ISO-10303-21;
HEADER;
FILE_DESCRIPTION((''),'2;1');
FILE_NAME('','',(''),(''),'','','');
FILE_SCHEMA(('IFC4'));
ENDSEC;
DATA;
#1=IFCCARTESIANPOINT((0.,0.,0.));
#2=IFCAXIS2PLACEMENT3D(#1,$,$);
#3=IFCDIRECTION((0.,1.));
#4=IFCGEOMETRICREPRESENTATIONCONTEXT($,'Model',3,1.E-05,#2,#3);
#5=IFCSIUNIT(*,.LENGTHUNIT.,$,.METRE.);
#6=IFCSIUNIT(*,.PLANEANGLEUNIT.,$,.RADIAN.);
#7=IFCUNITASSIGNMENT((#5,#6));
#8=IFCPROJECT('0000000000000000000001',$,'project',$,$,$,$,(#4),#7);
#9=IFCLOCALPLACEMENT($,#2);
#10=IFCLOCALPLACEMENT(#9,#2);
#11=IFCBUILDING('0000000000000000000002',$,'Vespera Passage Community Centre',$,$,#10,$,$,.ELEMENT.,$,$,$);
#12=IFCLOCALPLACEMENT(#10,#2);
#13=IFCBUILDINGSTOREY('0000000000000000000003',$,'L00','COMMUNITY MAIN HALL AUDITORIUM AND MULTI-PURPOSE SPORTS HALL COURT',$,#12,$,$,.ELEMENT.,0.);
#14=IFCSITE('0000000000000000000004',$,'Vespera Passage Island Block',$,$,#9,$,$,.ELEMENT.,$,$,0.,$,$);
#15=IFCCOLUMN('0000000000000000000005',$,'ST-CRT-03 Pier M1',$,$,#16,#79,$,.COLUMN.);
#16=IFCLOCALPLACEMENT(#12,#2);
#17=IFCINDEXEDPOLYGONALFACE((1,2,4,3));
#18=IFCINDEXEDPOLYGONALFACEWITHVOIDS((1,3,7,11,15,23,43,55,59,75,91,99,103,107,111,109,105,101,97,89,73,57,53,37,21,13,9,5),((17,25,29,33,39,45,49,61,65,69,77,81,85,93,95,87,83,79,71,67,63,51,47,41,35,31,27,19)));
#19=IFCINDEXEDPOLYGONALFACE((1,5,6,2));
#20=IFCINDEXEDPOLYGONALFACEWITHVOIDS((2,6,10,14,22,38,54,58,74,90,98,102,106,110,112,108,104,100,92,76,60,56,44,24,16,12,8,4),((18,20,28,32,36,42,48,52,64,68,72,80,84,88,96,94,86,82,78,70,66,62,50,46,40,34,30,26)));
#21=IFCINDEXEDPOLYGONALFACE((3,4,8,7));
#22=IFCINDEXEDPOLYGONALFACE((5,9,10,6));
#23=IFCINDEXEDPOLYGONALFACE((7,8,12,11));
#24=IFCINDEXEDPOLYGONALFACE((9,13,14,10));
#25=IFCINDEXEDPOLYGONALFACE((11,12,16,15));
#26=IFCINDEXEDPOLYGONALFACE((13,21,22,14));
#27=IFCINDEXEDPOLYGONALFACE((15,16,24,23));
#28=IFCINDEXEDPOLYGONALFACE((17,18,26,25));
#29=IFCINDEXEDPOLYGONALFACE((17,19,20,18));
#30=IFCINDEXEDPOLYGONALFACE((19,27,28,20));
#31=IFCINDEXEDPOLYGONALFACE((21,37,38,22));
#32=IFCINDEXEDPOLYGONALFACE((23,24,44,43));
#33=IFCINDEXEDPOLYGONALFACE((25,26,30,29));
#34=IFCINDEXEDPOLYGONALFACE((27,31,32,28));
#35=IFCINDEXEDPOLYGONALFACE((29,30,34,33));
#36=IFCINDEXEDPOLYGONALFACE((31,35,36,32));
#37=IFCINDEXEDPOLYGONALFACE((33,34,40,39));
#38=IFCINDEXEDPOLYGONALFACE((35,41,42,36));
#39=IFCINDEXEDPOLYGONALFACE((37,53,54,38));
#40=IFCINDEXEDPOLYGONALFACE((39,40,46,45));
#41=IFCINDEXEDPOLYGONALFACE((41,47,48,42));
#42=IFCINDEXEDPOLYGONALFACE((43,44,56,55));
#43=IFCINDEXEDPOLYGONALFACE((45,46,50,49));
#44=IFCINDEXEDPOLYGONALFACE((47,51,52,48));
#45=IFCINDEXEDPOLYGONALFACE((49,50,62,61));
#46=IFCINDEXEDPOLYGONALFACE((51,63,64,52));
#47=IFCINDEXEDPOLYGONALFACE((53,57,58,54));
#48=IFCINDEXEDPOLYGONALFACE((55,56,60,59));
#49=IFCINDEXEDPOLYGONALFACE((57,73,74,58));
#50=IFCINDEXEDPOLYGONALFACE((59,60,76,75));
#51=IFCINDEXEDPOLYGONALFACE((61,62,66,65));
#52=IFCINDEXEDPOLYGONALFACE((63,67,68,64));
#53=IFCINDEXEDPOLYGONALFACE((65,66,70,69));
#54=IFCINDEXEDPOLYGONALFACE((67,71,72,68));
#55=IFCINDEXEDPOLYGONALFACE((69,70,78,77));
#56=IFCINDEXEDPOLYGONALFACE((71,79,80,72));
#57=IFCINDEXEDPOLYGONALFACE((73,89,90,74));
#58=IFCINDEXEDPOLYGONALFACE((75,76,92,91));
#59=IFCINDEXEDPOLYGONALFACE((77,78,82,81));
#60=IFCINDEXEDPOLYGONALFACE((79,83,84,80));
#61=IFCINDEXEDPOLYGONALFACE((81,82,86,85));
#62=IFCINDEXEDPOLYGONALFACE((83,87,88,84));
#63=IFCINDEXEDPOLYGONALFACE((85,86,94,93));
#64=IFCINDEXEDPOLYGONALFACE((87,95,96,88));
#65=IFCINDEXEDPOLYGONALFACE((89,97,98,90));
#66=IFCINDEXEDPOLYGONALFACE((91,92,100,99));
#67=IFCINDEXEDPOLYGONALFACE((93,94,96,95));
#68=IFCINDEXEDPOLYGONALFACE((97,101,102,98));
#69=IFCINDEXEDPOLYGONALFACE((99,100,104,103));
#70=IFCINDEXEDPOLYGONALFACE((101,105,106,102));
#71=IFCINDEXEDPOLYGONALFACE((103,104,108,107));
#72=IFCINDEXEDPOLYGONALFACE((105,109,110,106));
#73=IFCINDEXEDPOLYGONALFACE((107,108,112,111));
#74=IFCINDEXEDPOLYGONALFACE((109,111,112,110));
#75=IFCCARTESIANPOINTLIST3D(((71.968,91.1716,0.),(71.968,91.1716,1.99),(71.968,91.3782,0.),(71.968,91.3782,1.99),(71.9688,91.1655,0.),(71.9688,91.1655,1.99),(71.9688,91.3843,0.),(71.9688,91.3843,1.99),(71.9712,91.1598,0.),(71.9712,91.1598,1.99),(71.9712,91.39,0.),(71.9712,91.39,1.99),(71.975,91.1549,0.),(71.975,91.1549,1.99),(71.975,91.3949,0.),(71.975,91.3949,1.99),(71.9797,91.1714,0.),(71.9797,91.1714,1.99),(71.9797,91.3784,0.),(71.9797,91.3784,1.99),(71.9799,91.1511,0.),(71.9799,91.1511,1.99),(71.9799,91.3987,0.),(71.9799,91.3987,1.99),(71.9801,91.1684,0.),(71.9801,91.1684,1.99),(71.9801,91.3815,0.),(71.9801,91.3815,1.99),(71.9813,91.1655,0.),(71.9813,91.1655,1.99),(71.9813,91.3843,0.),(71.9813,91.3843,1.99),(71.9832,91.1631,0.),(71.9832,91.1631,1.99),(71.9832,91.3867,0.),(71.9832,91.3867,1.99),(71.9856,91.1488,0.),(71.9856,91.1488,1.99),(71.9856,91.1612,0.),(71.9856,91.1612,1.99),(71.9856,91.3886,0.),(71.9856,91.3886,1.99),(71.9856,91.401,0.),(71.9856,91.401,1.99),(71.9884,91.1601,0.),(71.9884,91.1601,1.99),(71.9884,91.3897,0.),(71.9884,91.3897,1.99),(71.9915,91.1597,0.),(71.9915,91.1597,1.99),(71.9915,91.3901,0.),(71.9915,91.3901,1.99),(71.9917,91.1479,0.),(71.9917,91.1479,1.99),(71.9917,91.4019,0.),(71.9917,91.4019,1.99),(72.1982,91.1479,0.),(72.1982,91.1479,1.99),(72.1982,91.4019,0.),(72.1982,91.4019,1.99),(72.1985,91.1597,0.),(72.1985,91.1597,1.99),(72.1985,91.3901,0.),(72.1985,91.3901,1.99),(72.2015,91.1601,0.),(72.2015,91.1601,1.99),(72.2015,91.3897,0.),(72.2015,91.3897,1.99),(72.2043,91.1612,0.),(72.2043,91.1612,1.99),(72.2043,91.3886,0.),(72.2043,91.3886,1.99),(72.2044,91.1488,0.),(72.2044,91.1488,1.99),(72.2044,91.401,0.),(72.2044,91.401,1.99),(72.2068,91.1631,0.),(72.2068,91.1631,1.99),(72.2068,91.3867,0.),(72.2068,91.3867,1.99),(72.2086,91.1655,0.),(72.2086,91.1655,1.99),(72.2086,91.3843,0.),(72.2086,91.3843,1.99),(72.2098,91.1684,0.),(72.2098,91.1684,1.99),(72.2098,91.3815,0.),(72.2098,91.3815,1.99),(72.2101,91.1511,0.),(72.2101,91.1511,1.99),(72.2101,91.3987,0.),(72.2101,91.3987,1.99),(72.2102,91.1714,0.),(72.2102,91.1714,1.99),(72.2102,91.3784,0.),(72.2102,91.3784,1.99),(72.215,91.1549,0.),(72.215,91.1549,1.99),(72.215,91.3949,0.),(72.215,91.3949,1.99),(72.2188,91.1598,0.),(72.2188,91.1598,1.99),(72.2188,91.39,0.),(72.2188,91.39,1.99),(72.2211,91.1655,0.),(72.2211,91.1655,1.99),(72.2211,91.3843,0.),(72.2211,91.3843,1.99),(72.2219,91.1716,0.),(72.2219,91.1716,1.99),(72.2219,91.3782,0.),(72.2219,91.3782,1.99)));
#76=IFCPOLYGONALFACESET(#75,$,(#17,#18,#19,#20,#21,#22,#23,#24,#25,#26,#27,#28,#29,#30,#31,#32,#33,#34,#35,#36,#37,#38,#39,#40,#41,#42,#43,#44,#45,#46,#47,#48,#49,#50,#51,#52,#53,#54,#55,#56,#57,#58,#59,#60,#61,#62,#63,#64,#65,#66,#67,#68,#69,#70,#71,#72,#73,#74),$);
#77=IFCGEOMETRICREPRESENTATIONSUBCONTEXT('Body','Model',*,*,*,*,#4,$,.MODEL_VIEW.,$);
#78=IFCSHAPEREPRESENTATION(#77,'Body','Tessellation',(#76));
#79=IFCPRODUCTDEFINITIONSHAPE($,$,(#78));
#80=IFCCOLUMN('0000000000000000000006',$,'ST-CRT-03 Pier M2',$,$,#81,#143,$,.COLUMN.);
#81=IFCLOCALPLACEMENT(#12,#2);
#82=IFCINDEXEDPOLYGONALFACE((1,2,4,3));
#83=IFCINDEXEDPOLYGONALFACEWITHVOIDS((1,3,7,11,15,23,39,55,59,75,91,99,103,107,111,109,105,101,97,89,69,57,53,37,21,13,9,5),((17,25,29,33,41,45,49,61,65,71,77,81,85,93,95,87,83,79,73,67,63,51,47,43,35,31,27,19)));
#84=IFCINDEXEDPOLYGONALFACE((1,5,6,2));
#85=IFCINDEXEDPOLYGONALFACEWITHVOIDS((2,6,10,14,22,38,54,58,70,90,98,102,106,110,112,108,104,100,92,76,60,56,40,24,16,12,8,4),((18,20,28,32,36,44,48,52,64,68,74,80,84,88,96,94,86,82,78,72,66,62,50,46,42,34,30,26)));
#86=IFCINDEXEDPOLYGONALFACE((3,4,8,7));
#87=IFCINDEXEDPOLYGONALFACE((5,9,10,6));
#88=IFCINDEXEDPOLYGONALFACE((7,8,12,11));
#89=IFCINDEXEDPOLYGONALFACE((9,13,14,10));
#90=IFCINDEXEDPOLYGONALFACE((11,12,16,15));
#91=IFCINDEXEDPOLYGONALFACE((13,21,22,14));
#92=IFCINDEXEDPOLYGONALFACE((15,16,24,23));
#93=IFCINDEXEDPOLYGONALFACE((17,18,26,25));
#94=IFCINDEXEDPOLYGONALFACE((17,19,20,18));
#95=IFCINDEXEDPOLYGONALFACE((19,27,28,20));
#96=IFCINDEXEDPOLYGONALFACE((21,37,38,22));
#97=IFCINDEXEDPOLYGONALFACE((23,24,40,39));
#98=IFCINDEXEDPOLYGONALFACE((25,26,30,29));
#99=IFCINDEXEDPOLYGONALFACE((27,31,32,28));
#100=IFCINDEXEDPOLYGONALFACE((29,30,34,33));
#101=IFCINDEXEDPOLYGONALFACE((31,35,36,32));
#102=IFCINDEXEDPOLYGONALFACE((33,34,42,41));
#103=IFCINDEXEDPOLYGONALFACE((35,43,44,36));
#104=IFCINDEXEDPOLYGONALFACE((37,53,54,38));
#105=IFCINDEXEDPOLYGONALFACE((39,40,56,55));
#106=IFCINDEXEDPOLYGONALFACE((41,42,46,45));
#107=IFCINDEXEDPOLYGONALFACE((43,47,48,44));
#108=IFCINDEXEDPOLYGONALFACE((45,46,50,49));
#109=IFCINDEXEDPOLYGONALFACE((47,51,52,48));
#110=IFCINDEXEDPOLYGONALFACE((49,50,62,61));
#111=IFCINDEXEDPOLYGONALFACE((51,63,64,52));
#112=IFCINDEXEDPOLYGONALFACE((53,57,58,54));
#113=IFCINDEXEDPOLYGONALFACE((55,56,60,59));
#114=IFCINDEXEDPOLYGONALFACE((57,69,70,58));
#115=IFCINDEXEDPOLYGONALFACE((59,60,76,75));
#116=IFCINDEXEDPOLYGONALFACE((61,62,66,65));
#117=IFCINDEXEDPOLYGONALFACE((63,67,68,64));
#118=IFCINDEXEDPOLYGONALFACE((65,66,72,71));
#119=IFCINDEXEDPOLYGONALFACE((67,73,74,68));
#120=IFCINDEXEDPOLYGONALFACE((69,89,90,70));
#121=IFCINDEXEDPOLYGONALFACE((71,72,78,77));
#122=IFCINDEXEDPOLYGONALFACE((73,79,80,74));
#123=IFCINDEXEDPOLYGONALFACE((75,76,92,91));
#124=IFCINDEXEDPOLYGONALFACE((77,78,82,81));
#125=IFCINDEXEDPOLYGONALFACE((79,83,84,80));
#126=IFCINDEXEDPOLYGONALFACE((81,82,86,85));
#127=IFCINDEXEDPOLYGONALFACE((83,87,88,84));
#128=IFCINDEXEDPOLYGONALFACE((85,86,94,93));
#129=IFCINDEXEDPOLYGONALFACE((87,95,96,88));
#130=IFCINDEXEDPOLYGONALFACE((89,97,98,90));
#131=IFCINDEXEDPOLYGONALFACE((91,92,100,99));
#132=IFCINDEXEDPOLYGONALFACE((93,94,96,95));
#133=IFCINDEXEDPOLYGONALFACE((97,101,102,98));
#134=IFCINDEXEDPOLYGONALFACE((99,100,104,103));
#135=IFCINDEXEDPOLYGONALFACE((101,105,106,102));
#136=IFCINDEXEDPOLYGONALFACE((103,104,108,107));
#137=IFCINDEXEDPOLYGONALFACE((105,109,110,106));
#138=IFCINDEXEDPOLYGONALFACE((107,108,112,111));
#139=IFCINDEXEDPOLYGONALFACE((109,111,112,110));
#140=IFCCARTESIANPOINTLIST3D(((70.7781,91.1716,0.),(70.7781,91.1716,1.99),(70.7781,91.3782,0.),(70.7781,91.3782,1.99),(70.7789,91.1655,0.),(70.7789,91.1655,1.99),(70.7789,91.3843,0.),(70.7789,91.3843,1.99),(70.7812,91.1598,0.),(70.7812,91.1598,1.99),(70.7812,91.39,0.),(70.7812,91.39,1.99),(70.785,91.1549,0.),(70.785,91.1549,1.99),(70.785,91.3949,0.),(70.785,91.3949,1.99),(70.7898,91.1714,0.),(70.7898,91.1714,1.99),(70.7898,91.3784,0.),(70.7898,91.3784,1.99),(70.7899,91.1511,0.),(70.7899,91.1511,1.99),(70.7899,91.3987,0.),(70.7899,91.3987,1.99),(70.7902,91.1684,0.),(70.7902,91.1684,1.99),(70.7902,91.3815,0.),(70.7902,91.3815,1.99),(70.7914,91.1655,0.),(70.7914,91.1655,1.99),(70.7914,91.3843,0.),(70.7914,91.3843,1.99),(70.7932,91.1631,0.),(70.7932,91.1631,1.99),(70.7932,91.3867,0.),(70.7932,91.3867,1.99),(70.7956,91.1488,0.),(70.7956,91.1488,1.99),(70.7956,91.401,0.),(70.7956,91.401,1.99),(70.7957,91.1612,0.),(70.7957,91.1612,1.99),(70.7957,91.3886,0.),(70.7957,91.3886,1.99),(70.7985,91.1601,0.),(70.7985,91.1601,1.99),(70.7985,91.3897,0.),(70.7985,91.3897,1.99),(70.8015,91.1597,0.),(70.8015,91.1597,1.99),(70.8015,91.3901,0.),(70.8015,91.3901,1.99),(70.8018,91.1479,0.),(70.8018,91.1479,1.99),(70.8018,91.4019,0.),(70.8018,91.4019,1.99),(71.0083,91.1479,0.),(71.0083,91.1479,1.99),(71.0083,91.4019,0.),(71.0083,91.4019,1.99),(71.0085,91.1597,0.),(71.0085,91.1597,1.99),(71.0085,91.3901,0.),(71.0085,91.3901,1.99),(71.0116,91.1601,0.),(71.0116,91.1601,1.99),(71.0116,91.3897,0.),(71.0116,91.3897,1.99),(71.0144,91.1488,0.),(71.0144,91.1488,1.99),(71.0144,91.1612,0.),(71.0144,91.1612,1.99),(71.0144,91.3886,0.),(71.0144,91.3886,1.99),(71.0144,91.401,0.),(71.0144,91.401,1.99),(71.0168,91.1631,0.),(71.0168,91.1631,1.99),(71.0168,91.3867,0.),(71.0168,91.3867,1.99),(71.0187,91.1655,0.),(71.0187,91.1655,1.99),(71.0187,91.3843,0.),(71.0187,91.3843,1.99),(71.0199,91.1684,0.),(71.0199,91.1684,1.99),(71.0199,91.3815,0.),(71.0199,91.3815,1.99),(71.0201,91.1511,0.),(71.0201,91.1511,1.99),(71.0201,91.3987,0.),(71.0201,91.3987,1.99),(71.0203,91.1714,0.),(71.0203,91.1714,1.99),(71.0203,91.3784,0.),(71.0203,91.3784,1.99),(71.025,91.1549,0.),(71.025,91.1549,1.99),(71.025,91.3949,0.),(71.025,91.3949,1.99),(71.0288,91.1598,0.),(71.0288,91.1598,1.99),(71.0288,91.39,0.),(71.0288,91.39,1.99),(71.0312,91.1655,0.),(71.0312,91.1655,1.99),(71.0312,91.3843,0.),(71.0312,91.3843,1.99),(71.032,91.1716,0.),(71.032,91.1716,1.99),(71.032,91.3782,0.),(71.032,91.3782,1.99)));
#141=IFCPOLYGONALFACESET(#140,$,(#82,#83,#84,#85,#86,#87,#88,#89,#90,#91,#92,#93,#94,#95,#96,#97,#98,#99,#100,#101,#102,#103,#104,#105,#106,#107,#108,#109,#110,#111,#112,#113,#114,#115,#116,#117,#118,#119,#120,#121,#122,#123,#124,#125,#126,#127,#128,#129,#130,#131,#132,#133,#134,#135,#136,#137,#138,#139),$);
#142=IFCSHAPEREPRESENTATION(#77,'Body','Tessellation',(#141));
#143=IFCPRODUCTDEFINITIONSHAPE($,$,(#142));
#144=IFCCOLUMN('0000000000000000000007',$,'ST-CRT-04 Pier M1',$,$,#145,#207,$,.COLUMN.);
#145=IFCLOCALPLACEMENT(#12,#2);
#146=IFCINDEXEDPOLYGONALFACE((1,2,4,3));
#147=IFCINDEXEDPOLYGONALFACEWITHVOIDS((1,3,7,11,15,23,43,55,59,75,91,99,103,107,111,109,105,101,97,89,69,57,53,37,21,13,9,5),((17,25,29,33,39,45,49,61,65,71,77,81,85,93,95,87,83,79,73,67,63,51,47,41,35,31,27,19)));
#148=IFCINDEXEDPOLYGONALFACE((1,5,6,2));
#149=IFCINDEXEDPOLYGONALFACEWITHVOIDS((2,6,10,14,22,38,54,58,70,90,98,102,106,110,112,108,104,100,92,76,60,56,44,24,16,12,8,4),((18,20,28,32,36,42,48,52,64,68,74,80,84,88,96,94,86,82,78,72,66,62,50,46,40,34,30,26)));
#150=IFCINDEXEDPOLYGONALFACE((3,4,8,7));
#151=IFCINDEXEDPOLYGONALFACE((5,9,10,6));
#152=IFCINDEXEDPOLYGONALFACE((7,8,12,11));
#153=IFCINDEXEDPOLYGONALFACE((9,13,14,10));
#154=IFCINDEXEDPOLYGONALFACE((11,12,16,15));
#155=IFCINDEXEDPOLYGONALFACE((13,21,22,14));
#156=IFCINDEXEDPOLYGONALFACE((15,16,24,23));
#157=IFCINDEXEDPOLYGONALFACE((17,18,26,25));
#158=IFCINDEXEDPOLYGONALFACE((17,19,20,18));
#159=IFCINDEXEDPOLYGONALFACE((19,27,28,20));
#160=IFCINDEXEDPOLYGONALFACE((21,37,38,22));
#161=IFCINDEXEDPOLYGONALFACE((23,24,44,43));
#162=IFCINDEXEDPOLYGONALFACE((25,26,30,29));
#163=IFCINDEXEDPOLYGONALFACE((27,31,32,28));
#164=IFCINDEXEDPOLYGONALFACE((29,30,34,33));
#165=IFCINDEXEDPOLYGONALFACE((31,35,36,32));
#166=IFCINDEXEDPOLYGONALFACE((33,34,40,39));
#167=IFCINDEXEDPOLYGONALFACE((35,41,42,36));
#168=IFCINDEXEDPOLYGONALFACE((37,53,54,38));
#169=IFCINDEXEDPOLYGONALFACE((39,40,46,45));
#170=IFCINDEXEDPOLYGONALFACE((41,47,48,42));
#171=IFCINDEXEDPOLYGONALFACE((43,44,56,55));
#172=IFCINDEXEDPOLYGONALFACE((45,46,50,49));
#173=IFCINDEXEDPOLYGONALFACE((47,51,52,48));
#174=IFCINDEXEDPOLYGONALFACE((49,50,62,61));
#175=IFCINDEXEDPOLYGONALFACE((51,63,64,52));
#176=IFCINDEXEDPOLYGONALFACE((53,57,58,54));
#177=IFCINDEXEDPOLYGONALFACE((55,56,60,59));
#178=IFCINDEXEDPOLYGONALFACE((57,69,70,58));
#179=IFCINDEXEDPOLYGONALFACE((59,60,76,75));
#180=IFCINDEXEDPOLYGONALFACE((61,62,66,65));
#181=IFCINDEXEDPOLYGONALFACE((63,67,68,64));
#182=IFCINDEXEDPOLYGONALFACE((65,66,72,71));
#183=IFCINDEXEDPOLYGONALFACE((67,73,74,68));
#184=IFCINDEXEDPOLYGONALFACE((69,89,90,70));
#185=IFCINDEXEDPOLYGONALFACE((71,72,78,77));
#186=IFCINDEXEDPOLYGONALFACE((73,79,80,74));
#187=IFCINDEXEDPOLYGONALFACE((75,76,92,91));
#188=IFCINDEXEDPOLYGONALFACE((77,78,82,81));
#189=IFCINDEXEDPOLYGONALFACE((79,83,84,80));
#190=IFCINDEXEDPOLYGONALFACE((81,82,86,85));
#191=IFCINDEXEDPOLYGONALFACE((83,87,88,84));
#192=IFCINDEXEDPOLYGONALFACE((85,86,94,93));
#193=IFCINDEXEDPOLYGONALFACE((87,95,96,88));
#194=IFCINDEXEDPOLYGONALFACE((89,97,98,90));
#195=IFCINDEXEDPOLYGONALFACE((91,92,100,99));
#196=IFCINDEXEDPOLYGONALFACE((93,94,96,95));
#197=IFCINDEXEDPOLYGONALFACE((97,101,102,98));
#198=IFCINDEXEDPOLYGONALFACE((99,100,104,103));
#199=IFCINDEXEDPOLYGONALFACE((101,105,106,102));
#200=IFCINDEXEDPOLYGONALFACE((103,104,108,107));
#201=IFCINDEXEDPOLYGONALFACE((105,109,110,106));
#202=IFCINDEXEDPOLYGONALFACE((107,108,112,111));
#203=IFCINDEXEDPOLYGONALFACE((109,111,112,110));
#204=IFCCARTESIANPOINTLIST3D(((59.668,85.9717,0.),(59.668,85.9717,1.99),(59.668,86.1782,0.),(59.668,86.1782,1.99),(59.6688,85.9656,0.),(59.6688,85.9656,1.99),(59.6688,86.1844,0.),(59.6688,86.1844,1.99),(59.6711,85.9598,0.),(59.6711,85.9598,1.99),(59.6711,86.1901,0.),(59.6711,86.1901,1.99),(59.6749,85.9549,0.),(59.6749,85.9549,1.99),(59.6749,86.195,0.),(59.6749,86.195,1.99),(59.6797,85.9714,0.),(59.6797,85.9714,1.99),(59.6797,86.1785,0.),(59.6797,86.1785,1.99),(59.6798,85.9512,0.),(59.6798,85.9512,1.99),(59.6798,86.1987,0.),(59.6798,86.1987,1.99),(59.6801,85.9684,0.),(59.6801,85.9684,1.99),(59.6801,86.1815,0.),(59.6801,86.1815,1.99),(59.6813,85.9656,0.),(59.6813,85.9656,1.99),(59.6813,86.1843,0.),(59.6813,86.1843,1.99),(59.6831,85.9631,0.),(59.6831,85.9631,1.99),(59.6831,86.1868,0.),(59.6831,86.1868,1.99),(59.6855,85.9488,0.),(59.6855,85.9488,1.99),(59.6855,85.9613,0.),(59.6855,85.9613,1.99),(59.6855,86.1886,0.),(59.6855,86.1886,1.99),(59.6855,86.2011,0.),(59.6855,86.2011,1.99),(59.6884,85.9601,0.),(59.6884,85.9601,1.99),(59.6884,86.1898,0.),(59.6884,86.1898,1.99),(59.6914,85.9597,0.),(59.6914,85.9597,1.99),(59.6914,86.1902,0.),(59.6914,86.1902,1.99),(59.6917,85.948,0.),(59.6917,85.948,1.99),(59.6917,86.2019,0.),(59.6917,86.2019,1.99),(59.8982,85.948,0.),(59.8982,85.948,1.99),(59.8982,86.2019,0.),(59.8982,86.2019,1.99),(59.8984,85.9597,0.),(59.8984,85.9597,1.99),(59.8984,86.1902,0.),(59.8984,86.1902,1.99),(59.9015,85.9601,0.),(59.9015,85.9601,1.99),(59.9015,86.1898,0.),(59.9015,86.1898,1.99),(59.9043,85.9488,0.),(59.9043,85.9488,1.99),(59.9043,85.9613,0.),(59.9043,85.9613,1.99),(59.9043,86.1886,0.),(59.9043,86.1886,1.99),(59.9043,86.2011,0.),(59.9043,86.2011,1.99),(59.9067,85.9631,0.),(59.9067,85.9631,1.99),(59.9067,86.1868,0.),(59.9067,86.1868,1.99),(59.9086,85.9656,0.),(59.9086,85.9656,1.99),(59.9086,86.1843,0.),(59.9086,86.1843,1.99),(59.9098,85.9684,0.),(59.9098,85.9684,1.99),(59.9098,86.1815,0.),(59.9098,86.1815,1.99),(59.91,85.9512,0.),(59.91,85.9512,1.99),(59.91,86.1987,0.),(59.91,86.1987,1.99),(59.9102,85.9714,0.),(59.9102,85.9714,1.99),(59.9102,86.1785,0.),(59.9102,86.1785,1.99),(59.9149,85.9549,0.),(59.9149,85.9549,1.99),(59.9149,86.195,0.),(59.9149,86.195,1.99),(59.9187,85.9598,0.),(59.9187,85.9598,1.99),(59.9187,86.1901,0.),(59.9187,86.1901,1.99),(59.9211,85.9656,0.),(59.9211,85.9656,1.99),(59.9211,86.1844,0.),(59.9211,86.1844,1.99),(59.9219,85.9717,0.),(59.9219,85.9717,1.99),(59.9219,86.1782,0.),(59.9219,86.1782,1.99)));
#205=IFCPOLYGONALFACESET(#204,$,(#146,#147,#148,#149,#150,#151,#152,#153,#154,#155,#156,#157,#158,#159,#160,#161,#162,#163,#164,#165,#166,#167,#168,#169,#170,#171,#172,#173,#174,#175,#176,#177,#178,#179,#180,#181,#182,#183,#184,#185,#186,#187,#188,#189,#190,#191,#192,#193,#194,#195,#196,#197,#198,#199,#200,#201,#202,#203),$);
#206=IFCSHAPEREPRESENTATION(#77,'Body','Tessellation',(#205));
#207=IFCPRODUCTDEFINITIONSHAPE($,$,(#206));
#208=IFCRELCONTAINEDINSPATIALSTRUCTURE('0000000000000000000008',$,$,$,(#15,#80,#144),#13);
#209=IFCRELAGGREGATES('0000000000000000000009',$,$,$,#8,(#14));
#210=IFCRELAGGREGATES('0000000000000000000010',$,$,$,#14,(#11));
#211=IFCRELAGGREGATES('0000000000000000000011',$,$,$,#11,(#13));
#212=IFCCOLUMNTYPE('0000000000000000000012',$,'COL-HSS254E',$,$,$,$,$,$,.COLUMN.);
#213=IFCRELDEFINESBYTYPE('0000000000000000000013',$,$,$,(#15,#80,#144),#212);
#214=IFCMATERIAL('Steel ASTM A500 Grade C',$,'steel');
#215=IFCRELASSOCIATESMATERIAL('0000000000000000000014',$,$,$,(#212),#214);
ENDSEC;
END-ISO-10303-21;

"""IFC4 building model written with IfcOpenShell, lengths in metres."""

from ifc_helpers import new_model, si_unit, direction, frame, origin, origin_2d, place, context, subcontext, project, spatial, hollow_rectangle, extrude, material, material_profile, profile_set, type_object, element, save


model = new_model("IFC4")

# Units and contexts
model_context = context("Model", 3, precision=1e-05, world=origin(), true_north=direction((0.0, 1.0)))
body_context = subcontext(model_context, "Body", "Model", "MODEL_VIEW")
ifc_project = project(units=[si_unit("LENGTHUNIT", "METRE"), si_unit("PLANEANGLEUNIT", "RADIAN")], contexts=[model_context])

# Site, building, storey
site_placement = place(None, origin())
site = spatial("IfcSite", under=ifc_project, at=site_placement, Name="Vespera Passage Island Block", CompositionType="ELEMENT", RefElevation=0.0)
building_placement = place(site_placement, origin())
building = spatial("IfcBuilding", under=site, at=building_placement, Name="Vespera Passage Community Centre", CompositionType="ELEMENT")
storey_placement = place(building_placement, origin())
storey = spatial("IfcBuildingStorey", under=building, at=storey_placement, Name="L00", Description="COMMUNITY MAIN HALL AUDITORIUM AND MULTI-PURPOSE SPORTS HALL COURT", CompositionType="ELEMENT", Elevation=0.0)

# Columns
ifc_material_1 = material(Name="Steel ASTM A500 Grade C", Category="steel")
ifc_material_profile_1 = material_profile(ifc_material_1, hollow_rectangle(XDim=0.2539, YDim=0.2539, WallThickness=0.0117, InnerFilletRadius=0.0117, OuterFilletRadius=0.0237, at=origin_2d()), Name="HSS254X254X12.7")
ifc_profile_set_1 = profile_set([ifc_material_profile_1], Name="Steel ASTM A500 Grade C")
column_type = type_object("IfcColumnType", Name="COL-HSS254E", PredefinedType="COLUMN", material=ifc_profile_set_1)
for number, where, z_axis, x_axis, name in (
    (1, (72.095, 91.2749, 0.0), (0.0, 0.0, 1.0), (1.0, 0.0, 0.0), "ST-CRT-03 Pier M1"),
    (2, (70.905, 91.2749, 0.0), (0.0, 0.0, 1.0), (1.0, 0.0, 0.0), "ST-CRT-03 Pier M2"),
    (3, (59.7949, 86.075, 0.0), (0.0, 0.0, 1.0), (1.0, 0.0, 0.0), "ST-CRT-04 Pier M1"),
):
    element("IfcColumn", number, at=place(storey_placement, frame(where, z_axis=z_axis, x_axis=x_axis)), inside=storey, type_object=column_type, Name=name, PredefinedType="COLUMN", context=body_context, shape_type="SweptSolid", body=[
        extrude(hollow_rectangle(XDim=0.2539, YDim=0.2539, WallThickness=0.0117, InnerFilletRadius=0.0117, OuterFilletRadius=0.0237, at=origin_2d()), origin(), (0.0, 0.0, 1.0), 1.99),
    ])

save(model, "model.ifc")
